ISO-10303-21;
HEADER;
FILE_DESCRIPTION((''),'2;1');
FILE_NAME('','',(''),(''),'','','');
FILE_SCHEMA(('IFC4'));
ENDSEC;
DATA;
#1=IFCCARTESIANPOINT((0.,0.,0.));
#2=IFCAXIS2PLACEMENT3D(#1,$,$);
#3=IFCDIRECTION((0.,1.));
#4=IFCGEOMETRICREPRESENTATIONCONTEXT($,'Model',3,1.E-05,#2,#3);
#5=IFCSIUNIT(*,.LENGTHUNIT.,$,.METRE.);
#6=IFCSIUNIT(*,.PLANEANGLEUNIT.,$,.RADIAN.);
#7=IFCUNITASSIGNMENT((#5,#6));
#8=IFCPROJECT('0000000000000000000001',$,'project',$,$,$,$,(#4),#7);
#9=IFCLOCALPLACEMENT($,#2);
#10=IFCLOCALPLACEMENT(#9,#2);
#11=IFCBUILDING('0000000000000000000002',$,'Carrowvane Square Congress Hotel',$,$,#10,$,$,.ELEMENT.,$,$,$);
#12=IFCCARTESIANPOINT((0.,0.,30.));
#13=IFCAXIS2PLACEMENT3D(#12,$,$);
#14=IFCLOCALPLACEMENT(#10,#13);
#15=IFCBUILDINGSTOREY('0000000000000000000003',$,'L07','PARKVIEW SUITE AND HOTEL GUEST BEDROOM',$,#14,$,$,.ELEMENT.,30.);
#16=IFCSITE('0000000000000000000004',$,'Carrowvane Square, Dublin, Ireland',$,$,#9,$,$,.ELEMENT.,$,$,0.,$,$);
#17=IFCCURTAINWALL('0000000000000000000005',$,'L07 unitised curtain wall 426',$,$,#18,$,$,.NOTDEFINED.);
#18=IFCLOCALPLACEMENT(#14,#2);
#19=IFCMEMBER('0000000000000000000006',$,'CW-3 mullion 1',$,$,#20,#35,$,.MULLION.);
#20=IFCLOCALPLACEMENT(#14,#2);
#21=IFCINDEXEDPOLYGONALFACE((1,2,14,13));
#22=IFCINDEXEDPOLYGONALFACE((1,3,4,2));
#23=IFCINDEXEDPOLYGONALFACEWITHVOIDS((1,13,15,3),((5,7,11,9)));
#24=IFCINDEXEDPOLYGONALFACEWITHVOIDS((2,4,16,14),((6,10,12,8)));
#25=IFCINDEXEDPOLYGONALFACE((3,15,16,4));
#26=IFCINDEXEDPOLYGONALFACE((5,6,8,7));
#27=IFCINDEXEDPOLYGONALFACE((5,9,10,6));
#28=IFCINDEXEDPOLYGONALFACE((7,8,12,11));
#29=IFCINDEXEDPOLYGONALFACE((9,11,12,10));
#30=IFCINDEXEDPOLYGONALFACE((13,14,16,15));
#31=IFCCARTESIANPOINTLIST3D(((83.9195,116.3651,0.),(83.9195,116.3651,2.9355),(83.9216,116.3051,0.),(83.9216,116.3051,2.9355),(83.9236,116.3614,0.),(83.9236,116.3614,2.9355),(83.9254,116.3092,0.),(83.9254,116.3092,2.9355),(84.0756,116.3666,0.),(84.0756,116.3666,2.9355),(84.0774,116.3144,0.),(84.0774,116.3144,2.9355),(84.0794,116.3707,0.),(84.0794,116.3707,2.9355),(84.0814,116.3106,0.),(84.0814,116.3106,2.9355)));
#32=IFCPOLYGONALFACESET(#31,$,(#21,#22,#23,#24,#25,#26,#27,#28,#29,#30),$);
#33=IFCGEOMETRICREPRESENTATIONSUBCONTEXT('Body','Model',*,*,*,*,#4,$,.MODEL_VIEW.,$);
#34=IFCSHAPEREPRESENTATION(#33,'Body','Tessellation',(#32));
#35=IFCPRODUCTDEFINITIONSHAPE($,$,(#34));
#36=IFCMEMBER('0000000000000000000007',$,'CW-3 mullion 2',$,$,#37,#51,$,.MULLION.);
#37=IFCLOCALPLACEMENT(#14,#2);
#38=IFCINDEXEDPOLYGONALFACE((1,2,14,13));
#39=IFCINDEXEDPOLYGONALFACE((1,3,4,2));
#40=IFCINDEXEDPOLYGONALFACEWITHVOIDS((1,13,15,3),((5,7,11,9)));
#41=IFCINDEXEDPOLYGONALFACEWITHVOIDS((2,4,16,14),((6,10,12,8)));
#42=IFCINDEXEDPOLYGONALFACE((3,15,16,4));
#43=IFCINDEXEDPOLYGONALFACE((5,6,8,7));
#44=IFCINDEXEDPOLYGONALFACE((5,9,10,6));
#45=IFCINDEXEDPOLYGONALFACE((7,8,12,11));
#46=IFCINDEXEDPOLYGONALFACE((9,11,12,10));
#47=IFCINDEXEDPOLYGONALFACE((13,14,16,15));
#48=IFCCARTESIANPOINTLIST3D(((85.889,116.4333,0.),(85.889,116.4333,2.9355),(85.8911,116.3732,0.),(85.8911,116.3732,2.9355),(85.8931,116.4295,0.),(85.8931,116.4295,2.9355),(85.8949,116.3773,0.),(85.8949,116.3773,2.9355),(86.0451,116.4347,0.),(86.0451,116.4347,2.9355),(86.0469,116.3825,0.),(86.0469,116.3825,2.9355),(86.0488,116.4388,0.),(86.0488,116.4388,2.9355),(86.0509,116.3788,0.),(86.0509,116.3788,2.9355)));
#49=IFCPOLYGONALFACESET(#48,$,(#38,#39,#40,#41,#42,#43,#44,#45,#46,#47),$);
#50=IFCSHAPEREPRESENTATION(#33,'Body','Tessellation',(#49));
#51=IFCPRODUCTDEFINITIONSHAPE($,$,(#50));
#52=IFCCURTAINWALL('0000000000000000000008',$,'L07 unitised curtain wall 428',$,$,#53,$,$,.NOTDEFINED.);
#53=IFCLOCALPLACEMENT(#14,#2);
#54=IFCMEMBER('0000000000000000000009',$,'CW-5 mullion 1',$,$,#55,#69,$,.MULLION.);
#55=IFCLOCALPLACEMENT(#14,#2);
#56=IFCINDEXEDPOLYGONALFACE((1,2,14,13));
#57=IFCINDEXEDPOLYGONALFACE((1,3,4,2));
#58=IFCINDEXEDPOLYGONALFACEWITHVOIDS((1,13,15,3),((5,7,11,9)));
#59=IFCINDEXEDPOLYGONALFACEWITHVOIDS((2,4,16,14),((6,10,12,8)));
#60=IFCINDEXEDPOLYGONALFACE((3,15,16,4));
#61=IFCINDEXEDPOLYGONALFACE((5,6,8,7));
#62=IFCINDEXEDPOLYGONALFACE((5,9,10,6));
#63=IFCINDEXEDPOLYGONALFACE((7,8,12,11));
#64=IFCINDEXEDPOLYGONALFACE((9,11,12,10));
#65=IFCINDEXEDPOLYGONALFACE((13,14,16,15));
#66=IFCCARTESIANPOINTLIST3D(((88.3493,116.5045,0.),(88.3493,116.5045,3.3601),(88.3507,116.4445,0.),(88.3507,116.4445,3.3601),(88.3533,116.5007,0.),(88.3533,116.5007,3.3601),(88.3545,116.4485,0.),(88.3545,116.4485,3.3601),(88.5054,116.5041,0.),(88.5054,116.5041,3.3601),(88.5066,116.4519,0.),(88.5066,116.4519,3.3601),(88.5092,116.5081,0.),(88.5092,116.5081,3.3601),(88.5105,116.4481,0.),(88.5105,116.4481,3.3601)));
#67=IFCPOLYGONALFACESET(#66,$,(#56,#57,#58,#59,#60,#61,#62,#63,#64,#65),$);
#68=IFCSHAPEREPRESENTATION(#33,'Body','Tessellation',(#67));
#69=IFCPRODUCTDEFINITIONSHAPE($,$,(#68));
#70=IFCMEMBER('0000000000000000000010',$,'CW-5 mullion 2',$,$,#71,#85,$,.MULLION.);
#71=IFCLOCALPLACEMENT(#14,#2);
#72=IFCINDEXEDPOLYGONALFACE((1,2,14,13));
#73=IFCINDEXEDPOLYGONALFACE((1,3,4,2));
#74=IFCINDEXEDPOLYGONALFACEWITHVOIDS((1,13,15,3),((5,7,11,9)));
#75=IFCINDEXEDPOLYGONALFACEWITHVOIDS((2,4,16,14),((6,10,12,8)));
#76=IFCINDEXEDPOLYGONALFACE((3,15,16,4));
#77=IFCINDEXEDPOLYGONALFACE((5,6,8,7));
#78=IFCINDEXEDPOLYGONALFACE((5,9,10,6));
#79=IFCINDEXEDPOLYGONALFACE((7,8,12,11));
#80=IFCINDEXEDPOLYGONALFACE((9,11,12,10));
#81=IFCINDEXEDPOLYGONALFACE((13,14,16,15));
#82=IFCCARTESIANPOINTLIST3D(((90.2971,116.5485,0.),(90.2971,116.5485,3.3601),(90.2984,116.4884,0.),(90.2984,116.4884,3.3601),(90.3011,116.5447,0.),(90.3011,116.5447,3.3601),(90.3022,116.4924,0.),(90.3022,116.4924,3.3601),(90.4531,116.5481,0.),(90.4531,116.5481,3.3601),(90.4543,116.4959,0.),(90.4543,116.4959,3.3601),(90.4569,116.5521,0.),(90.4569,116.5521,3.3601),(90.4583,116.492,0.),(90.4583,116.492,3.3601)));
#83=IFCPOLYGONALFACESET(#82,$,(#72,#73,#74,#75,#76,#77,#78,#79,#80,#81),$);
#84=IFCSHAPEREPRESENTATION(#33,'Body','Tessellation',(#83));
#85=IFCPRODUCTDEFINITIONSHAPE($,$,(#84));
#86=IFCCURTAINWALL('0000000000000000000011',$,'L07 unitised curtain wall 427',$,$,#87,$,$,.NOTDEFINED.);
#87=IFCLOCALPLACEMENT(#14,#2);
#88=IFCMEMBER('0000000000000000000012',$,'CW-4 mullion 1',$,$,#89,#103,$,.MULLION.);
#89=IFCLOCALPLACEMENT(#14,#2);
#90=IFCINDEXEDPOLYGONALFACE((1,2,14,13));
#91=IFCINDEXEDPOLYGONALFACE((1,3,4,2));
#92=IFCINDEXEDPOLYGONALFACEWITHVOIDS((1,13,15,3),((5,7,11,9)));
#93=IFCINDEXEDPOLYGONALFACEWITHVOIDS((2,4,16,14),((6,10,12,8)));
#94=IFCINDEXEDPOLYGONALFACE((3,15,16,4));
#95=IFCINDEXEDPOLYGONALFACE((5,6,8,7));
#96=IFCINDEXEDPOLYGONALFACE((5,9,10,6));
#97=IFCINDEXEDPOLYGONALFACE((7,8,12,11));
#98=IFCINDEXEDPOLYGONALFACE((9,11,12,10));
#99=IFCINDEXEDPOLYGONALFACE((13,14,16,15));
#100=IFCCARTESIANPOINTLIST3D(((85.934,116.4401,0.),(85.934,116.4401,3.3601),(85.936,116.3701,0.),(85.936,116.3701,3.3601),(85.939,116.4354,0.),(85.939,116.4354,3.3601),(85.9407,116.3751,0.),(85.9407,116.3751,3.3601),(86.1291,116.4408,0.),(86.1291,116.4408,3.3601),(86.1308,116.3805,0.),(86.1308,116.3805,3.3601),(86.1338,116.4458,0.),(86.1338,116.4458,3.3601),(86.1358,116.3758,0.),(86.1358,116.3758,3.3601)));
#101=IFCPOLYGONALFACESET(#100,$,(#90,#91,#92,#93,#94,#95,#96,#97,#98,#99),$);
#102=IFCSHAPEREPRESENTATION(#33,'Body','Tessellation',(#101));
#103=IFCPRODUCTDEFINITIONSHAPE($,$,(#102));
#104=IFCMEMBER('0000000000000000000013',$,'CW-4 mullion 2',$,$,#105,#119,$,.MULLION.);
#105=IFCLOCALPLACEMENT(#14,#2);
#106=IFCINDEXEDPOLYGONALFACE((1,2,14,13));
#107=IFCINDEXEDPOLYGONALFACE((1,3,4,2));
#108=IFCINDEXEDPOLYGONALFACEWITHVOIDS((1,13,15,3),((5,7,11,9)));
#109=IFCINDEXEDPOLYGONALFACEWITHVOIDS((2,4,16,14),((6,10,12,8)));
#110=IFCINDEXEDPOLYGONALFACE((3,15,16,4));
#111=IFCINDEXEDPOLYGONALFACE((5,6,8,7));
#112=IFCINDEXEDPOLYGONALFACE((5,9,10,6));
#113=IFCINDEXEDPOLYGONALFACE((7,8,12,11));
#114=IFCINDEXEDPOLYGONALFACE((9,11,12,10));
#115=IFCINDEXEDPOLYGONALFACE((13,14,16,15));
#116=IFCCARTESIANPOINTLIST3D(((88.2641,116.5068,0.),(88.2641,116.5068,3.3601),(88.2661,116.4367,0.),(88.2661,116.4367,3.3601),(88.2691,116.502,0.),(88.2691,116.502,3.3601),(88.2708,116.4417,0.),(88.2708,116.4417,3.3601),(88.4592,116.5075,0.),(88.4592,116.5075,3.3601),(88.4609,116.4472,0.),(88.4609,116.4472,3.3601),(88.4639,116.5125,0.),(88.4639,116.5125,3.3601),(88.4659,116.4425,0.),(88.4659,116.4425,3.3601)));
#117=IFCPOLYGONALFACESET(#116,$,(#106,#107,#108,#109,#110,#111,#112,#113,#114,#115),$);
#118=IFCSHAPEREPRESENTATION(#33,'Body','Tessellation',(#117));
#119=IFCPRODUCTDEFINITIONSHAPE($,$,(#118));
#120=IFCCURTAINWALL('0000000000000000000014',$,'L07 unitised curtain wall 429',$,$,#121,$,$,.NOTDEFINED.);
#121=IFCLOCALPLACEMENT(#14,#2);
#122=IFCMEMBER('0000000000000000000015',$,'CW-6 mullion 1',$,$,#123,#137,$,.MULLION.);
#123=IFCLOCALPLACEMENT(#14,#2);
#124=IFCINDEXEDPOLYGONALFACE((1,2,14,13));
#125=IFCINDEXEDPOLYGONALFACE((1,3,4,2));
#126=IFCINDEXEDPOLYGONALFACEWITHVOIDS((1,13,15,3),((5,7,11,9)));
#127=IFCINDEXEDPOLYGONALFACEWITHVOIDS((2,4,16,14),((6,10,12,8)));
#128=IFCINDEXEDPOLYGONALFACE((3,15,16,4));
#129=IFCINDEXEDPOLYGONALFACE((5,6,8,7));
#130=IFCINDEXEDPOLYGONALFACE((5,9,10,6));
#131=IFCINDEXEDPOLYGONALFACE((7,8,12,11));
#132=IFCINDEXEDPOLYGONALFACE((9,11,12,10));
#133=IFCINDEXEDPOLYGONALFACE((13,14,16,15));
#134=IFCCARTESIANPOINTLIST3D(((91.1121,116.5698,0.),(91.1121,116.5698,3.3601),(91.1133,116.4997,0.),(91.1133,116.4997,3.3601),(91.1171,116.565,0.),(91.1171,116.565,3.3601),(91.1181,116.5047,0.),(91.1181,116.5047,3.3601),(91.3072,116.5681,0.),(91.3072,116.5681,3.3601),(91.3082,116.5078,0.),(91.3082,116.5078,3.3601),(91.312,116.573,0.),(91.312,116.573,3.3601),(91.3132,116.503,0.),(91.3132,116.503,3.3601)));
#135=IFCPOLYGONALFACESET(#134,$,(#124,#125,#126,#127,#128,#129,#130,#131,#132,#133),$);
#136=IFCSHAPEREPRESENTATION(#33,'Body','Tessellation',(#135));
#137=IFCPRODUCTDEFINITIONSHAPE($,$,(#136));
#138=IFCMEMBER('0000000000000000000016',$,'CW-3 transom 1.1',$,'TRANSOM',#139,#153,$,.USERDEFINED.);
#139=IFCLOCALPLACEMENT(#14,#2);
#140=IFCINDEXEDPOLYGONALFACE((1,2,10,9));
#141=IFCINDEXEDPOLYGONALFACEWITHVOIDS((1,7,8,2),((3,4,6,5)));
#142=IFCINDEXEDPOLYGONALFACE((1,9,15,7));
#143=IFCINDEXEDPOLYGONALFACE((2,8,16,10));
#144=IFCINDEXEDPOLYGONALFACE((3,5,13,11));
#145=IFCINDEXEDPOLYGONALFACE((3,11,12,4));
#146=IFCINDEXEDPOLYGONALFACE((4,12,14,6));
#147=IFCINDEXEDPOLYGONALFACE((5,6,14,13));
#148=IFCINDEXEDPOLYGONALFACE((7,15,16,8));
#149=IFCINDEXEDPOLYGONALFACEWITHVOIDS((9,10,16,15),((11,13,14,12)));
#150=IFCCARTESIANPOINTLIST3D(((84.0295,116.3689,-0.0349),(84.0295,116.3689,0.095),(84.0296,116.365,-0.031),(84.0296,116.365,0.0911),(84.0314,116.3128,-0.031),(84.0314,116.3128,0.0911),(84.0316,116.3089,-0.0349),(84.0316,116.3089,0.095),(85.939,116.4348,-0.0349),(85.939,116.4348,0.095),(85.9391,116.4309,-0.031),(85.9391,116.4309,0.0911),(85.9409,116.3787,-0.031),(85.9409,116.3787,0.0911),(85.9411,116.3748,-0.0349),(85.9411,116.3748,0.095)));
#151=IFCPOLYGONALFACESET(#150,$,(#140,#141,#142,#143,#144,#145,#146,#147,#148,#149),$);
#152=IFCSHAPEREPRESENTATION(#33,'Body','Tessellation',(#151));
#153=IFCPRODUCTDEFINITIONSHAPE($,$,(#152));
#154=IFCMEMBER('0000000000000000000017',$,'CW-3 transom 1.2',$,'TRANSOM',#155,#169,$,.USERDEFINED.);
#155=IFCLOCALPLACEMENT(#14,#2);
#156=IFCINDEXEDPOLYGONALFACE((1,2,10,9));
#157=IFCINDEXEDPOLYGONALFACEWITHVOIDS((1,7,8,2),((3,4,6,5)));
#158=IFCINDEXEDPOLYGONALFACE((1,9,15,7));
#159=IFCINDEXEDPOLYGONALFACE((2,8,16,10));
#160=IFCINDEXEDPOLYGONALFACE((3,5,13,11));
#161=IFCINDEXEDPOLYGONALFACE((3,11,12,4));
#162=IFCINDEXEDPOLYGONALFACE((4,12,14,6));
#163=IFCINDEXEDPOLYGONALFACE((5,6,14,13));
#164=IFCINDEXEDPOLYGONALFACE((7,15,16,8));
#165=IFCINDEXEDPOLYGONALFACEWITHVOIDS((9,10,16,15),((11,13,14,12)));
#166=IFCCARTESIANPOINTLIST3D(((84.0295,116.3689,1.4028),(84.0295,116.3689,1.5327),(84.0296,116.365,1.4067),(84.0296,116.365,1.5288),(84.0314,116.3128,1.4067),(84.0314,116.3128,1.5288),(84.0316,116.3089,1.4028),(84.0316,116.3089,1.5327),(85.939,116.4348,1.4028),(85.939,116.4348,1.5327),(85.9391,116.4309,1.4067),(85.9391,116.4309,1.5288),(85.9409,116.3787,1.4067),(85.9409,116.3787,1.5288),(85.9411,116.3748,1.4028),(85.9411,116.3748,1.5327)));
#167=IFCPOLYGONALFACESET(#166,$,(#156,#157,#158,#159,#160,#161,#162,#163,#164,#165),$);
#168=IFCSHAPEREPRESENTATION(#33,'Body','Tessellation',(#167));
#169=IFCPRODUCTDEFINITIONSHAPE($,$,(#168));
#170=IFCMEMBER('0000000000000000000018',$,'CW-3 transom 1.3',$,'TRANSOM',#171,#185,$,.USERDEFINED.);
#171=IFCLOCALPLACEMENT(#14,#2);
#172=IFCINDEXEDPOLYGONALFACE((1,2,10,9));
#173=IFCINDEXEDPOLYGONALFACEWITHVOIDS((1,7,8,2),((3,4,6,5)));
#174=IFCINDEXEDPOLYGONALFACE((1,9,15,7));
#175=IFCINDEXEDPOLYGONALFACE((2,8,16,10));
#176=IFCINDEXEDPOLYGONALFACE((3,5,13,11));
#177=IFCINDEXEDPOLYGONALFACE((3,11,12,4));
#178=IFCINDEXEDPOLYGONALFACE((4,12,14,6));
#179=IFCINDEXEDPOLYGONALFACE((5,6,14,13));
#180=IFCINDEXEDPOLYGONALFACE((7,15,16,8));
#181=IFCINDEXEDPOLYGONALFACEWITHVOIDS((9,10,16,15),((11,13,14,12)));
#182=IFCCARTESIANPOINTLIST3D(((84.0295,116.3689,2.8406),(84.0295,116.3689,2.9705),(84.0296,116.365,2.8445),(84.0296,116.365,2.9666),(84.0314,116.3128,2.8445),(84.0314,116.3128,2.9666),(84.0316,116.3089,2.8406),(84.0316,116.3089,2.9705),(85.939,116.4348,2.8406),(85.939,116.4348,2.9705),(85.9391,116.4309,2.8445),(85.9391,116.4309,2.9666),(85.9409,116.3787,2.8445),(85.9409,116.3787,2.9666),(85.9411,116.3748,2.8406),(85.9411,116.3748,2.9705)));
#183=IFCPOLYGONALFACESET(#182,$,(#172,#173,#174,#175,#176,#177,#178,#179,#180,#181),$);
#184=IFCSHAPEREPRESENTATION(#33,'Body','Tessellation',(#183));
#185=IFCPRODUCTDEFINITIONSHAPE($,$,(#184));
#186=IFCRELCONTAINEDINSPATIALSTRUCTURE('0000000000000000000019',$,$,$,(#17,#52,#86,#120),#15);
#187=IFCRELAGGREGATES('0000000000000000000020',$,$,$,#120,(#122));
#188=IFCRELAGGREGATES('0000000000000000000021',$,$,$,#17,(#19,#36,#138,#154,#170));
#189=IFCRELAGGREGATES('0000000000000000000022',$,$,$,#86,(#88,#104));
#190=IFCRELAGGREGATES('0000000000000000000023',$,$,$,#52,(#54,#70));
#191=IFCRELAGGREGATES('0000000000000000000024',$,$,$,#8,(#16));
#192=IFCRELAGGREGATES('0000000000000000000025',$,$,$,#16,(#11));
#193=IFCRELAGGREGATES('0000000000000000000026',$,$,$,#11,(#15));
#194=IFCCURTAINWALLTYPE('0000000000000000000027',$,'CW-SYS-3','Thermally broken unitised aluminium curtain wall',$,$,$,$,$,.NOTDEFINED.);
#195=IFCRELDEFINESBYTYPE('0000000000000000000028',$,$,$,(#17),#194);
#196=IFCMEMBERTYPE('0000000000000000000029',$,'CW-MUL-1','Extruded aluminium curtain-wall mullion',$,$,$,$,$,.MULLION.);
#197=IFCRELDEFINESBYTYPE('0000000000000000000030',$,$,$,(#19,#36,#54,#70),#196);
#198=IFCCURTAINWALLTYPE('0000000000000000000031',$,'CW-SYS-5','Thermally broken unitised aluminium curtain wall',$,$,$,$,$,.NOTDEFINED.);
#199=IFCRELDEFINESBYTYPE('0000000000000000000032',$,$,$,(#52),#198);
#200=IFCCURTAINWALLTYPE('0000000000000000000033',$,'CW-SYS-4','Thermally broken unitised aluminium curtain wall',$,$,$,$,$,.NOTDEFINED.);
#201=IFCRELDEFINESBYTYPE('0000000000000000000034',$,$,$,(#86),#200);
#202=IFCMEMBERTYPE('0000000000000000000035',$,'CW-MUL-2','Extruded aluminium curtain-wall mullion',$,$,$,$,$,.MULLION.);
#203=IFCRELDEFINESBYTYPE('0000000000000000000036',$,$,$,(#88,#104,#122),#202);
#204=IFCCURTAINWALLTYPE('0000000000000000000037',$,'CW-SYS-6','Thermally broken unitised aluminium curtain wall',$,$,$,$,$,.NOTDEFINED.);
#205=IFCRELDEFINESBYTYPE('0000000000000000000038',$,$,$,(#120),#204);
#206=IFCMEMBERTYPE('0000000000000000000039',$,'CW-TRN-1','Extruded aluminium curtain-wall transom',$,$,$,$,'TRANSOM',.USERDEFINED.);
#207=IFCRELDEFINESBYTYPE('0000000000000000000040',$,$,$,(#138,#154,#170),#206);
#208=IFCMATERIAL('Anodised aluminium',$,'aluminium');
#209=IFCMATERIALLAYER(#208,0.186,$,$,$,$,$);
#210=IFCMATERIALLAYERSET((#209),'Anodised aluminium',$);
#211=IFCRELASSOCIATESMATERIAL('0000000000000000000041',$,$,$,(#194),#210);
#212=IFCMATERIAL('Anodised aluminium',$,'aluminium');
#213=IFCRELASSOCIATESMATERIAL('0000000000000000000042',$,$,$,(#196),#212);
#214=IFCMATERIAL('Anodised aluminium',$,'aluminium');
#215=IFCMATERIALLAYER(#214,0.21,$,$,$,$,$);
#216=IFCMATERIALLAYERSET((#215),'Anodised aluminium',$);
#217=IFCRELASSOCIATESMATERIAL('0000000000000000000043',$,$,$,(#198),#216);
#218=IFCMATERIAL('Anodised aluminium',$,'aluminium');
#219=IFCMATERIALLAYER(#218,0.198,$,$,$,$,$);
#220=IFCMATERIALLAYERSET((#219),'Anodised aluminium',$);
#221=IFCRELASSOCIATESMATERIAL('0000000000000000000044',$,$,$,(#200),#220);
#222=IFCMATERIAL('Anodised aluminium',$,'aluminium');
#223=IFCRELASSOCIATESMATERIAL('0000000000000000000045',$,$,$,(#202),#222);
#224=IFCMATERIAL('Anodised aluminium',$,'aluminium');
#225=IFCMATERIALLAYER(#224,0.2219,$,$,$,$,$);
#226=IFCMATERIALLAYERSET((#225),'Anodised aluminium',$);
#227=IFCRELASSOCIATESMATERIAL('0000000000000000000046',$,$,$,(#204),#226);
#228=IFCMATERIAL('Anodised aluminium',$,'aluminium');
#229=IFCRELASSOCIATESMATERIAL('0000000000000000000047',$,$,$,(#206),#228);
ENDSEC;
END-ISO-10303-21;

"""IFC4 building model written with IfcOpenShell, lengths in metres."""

from ifc_helpers import new_model, si_unit, direction, frame, origin, origin_2d, place, context, subcontext, project, spatial, hollow_rectangle, extrude, material, layer, layer_set, material_profile, profile_set, type_object, element, aggregate, save


model = new_model("IFC4")

# Units and contexts
model_context = context("Model", 3, precision=1e-05, world=origin(), true_north=direction((0.0, 1.0)))
body_context = subcontext(model_context, "Body", "Model", "MODEL_VIEW")
ifc_project = project(units=[si_unit("LENGTHUNIT", "METRE"), si_unit("PLANEANGLEUNIT", "RADIAN")], contexts=[model_context])

# Site, building, storey
site_placement = place(None, origin())
site = spatial("IfcSite", under=ifc_project, at=site_placement, Name="Carrowvane Square, Dublin, Ireland", CompositionType="ELEMENT", RefElevation=0.0)
building_placement = place(site_placement, origin())
building = spatial("IfcBuilding", under=site, at=building_placement, Name="Carrowvane Square Congress Hotel", CompositionType="ELEMENT")
storey_placement = place(building_placement, frame((0.0, 0.0, 30.0)))
storey = spatial("IfcBuildingStorey", under=building, at=storey_placement, Name="L07", Description="PARKVIEW SUITE AND HOTEL GUEST BEDROOM", CompositionType="ELEMENT", Elevation=30.0)

# Curtain walls, members
ifc_material_1 = material(Name="Anodised aluminium", Category="aluminium")
ifc_layer_1 = layer(ifc_material_1, 0.186)
ifc_layer_set_1 = layer_set([ifc_layer_1], Name="Anodised aluminium")
curtain_wall_type_1 = type_object("IfcCurtainWallType", Name="CW-SYS-3", Description="Thermally broken unitised aluminium curtain wall", PredefinedType="NOTDEFINED", material=ifc_layer_set_1)
curtain_wall_1_placement = place(storey_placement, origin())
curtain_wall_1 = element("IfcCurtainWall", 1, at=curtain_wall_1_placement, inside=storey, type_object=curtain_wall_type_1, Name="L07 unitised curtain wall 426", PredefinedType="NOTDEFINED")
ifc_material_2 = material(Name="Anodised aluminium", Category="aluminium")
ifc_material_profile_1 = material_profile(ifc_material_2, hollow_rectangle(XDim=0.0601, YDim=0.1599, WallThickness=0.0039, at=origin_2d()), Name="CW-ML 60x160x4")
ifc_profile_set_1 = profile_set([ifc_material_profile_1], Name="Anodised aluminium")
member_type_1 = type_object("IfcMemberType", Name="CW-MUL-1", Description="Extruded aluminium curtain-wall mullion", PredefinedType="MULLION", material=ifc_profile_set_1)
member_1_placement = place(storey_placement, frame((84.0005, 116.3379, 0.0), z_axis=(0.0, 0.0, 1.0), x_axis=(-0.034527, 0.999404, 0.0)))
member_1 = element("IfcMember", 2, at=member_1_placement, type_object=member_type_1, Name="CW-3 mullion 1", PredefinedType="MULLION", context=body_context, shape_type="SweptSolid", body=[
    extrude(hollow_rectangle(XDim=0.0601, YDim=0.1599, WallThickness=0.0039, at=origin_2d()), origin(), (0.0, 0.0, 1.0), 2.9355),
])
member_2_placement = place(storey_placement, frame((85.97, 116.406, 0.0), z_axis=(0.0, 0.0, 1.0), x_axis=(-0.034527, 0.999404, 0.0)))
member_2 = element("IfcMember", 3, at=member_2_placement, type_object=member_type_1, Name="CW-3 mullion 2", PredefinedType="MULLION", context=body_context, shape_type="SweptSolid", body=[
    extrude(hollow_rectangle(XDim=0.0601, YDim=0.1599, WallThickness=0.0039, at=origin_2d()), origin(), (0.0, 0.0, 1.0), 2.9355),
])
ifc_material_3 = material(Name="Anodised aluminium", Category="aluminium")
ifc_layer_2 = layer(ifc_material_3, 0.21)
ifc_layer_set_2 = layer_set([ifc_layer_2], Name="Anodised aluminium")
curtain_wall_type_2 = type_object("IfcCurtainWallType", Name="CW-SYS-5", Description="Thermally broken unitised aluminium curtain wall", PredefinedType="NOTDEFINED", material=ifc_layer_set_2)
curtain_wall_2_placement = place(storey_placement, origin())
curtain_wall_2 = element("IfcCurtainWall", 4, at=curtain_wall_2_placement, inside=storey, type_object=curtain_wall_type_2, Name="L07 unitised curtain wall 428", PredefinedType="NOTDEFINED")
member_3_placement = place(storey_placement, frame((88.4299, 116.4763, 0.0), z_axis=(0.0, 0.0, 1.0), x_axis=(-0.022518, 0.999746, 0.0)))
member_3 = element("IfcMember", 5, at=member_3_placement, type_object=member_type_1, Name="CW-5 mullion 1", PredefinedType="MULLION", context=body_context, shape_type="SweptSolid", body=[
    extrude(hollow_rectangle(XDim=0.0601, YDim=0.1599, WallThickness=0.0039, at=origin_2d()), origin(), (0.0, 0.0, 1.0), 3.3601),
])
member_4_placement = place(storey_placement, frame((90.3777, 116.5203, 0.0), z_axis=(0.0, 0.0, 1.0), x_axis=(-0.022518, 0.999746, 0.0)))
member_4 = element("IfcMember", 6, at=member_4_placement, type_object=member_type_1, Name="CW-5 mullion 2", PredefinedType="MULLION", context=body_context, shape_type="SweptSolid", body=[
    extrude(hollow_rectangle(XDim=0.0601, YDim=0.1599, WallThickness=0.0039, at=origin_2d()), origin(), (0.0, 0.0, 1.0), 3.3601),
])
ifc_material_4 = material(Name="Anodised aluminium", Category="aluminium")
ifc_layer_3 = layer(ifc_material_4, 0.198)
ifc_layer_set_3 = layer_set([ifc_layer_3], Name="Anodised aluminium")
curtain_wall_type_3 = type_object("IfcCurtainWallType", Name="CW-SYS-4", Description="Thermally broken unitised aluminium curtain wall", PredefinedType="NOTDEFINED", material=ifc_layer_set_3)
curtain_wall_3_placement = place(storey_placement, origin())
curtain_wall_3 = element("IfcCurtainWall", 7, at=curtain_wall_3_placement, inside=storey, type_object=curtain_wall_type_3, Name="L07 unitised curtain wall 427", PredefinedType="NOTDEFINED")
ifc_material_5 = material(Name="Anodised aluminium", Category="aluminium")
ifc_material_profile_2 = material_profile(ifc_material_5, hollow_rectangle(XDim=0.0701, YDim=0.2, WallThickness=0.0049, at=origin_2d()), Name="CW-ML 70x200x5")
ifc_profile_set_2 = profile_set([ifc_material_profile_2], Name="Anodised aluminium")
member_type_2 = type_object("IfcMemberType", Name="CW-MUL-2", Description="Extruded aluminium curtain-wall mullion", PredefinedType="MULLION", material=ifc_profile_set_2)
member_5_placement = place(storey_placement, frame((86.0349, 116.408, 0.0), z_axis=(0.0, 0.0, 1.0), x_axis=(-0.028638, 0.99959, 0.0)))
member_5 = element("IfcMember", 8, at=member_5_placement, type_object=member_type_2, Name="CW-4 mullion 1", PredefinedType="MULLION", context=body_context, shape_type="SweptSolid", body=[
    extrude(hollow_rectangle(XDim=0.0701, YDim=0.2, WallThickness=0.0049, at=origin_2d()), origin(), (0.0, 0.0, 1.0), 3.3601),
])
member_6_placement = place(storey_placement, frame((88.365, 116.4746, 0.0), z_axis=(0.0, 0.0, 1.0), x_axis=(-0.028638, 0.99959, 0.0)))
member_6 = element("IfcMember", 9, at=member_6_placement, type_object=member_type_2, Name="CW-4 mullion 2", PredefinedType="MULLION", context=body_context, shape_type="SweptSolid", body=[
    extrude(hollow_rectangle(XDim=0.0701, YDim=0.2, WallThickness=0.0049, at=origin_2d()), origin(), (0.0, 0.0, 1.0), 3.3601),
])

# Curtain wall, member
ifc_material_6 = material(Name="Anodised aluminium", Category="aluminium")
ifc_layer_4 = layer(ifc_material_6, 0.2219)
ifc_layer_set_4 = layer_set([ifc_layer_4], Name="Anodised aluminium")
curtain_wall_type_4 = type_object("IfcCurtainWallType", Name="CW-SYS-6", Description="Thermally broken unitised aluminium curtain wall", PredefinedType="NOTDEFINED", material=ifc_layer_set_4)
curtain_wall_4_placement = place(storey_placement, origin())
curtain_wall_4 = element("IfcCurtainWall", 10, at=curtain_wall_4_placement, inside=storey, type_object=curtain_wall_type_4, Name="L07 unitised curtain wall 429", PredefinedType="NOTDEFINED")
member_7_placement = place(storey_placement, frame((91.2126, 116.5364, 0.0), z_axis=(0.0, 0.0, 1.0), x_axis=(-0.016216, 0.999869, 0.0)))
member_7 = element("IfcMember", 11, at=member_7_placement, type_object=member_type_2, Name="CW-6 mullion 1", PredefinedType="MULLION", context=body_context, shape_type="SweptSolid", body=[
    extrude(hollow_rectangle(XDim=0.0701, YDim=0.2, WallThickness=0.0049, at=origin_2d()), origin(), (0.0, 0.0, 1.0), 3.3601),
])

# Members
ifc_material_7 = material(Name="Anodised aluminium", Category="aluminium")
ifc_material_profile_3 = material_profile(ifc_material_7, hollow_rectangle(XDim=0.0601, YDim=0.1299, WallThickness=0.0039, at=origin_2d()), Name="CW-TR 60x130x4")
ifc_profile_set_3 = profile_set([ifc_material_profile_3], Name="Anodised aluminium")
member_type_3 = type_object("IfcMemberType", Name="CW-TRN-1", Description="Extruded aluminium curtain-wall transom", ElementType="TRANSOM", PredefinedType="USERDEFINED", material=ifc_profile_set_3)
member_8_placement = place(storey_placement, frame((84.0305, 116.3389, 0.03), z_axis=(0.999405, 0.034502, 0.0), x_axis=(-0.034502, 0.999405, 0.0)))
member_8 = element("IfcMember", 12, at=member_8_placement, type_object=member_type_3, Name="CW-3 transom 1.1", ObjectType="TRANSOM", PredefinedType="USERDEFINED", context=body_context, shape_type="SweptSolid", body=[
    extrude(hollow_rectangle(XDim=0.0601, YDim=0.1299, WallThickness=0.0039, at=origin_2d()), origin(), (0.0, 0.0, 1.0), 1.9106),
])
member_9_placement = place(storey_placement, frame((84.0305, 116.3389, 1.4678), z_axis=(0.999405, 0.034502, 0.0), x_axis=(-0.034502, 0.999405, 0.0)))
member_9 = element("IfcMember", 13, at=member_9_placement, type_object=member_type_3, Name="CW-3 transom 1.2", ObjectType="TRANSOM", PredefinedType="USERDEFINED", context=body_context, shape_type="SweptSolid", body=[
    extrude(hollow_rectangle(XDim=0.0601, YDim=0.1299, WallThickness=0.0039, at=origin_2d()), origin(), (0.0, 0.0, 1.0), 1.9106),
])
member_10_placement = place(storey_placement, frame((84.0305, 116.3389, 2.9055), z_axis=(0.999405, 0.034502, 0.0), x_axis=(-0.034502, 0.999405, 0.0)))
member_10 = element("IfcMember", 14, at=member_10_placement, type_object=member_type_3, Name="CW-3 transom 1.3", ObjectType="TRANSOM", PredefinedType="USERDEFINED", context=body_context, shape_type="SweptSolid", body=[
    extrude(hollow_rectangle(XDim=0.0601, YDim=0.1299, WallThickness=0.0039, at=origin_2d()), origin(), (0.0, 0.0, 1.0), 1.9106),
])
aggregate(curtain_wall_4, [member_7])

aggregate(curtain_wall_1, [member_1, member_2, member_8, member_9, member_10])
aggregate(curtain_wall_3, [member_5, member_6])
aggregate(curtain_wall_2, [member_3, member_4])

save(model, "model.ifc")
